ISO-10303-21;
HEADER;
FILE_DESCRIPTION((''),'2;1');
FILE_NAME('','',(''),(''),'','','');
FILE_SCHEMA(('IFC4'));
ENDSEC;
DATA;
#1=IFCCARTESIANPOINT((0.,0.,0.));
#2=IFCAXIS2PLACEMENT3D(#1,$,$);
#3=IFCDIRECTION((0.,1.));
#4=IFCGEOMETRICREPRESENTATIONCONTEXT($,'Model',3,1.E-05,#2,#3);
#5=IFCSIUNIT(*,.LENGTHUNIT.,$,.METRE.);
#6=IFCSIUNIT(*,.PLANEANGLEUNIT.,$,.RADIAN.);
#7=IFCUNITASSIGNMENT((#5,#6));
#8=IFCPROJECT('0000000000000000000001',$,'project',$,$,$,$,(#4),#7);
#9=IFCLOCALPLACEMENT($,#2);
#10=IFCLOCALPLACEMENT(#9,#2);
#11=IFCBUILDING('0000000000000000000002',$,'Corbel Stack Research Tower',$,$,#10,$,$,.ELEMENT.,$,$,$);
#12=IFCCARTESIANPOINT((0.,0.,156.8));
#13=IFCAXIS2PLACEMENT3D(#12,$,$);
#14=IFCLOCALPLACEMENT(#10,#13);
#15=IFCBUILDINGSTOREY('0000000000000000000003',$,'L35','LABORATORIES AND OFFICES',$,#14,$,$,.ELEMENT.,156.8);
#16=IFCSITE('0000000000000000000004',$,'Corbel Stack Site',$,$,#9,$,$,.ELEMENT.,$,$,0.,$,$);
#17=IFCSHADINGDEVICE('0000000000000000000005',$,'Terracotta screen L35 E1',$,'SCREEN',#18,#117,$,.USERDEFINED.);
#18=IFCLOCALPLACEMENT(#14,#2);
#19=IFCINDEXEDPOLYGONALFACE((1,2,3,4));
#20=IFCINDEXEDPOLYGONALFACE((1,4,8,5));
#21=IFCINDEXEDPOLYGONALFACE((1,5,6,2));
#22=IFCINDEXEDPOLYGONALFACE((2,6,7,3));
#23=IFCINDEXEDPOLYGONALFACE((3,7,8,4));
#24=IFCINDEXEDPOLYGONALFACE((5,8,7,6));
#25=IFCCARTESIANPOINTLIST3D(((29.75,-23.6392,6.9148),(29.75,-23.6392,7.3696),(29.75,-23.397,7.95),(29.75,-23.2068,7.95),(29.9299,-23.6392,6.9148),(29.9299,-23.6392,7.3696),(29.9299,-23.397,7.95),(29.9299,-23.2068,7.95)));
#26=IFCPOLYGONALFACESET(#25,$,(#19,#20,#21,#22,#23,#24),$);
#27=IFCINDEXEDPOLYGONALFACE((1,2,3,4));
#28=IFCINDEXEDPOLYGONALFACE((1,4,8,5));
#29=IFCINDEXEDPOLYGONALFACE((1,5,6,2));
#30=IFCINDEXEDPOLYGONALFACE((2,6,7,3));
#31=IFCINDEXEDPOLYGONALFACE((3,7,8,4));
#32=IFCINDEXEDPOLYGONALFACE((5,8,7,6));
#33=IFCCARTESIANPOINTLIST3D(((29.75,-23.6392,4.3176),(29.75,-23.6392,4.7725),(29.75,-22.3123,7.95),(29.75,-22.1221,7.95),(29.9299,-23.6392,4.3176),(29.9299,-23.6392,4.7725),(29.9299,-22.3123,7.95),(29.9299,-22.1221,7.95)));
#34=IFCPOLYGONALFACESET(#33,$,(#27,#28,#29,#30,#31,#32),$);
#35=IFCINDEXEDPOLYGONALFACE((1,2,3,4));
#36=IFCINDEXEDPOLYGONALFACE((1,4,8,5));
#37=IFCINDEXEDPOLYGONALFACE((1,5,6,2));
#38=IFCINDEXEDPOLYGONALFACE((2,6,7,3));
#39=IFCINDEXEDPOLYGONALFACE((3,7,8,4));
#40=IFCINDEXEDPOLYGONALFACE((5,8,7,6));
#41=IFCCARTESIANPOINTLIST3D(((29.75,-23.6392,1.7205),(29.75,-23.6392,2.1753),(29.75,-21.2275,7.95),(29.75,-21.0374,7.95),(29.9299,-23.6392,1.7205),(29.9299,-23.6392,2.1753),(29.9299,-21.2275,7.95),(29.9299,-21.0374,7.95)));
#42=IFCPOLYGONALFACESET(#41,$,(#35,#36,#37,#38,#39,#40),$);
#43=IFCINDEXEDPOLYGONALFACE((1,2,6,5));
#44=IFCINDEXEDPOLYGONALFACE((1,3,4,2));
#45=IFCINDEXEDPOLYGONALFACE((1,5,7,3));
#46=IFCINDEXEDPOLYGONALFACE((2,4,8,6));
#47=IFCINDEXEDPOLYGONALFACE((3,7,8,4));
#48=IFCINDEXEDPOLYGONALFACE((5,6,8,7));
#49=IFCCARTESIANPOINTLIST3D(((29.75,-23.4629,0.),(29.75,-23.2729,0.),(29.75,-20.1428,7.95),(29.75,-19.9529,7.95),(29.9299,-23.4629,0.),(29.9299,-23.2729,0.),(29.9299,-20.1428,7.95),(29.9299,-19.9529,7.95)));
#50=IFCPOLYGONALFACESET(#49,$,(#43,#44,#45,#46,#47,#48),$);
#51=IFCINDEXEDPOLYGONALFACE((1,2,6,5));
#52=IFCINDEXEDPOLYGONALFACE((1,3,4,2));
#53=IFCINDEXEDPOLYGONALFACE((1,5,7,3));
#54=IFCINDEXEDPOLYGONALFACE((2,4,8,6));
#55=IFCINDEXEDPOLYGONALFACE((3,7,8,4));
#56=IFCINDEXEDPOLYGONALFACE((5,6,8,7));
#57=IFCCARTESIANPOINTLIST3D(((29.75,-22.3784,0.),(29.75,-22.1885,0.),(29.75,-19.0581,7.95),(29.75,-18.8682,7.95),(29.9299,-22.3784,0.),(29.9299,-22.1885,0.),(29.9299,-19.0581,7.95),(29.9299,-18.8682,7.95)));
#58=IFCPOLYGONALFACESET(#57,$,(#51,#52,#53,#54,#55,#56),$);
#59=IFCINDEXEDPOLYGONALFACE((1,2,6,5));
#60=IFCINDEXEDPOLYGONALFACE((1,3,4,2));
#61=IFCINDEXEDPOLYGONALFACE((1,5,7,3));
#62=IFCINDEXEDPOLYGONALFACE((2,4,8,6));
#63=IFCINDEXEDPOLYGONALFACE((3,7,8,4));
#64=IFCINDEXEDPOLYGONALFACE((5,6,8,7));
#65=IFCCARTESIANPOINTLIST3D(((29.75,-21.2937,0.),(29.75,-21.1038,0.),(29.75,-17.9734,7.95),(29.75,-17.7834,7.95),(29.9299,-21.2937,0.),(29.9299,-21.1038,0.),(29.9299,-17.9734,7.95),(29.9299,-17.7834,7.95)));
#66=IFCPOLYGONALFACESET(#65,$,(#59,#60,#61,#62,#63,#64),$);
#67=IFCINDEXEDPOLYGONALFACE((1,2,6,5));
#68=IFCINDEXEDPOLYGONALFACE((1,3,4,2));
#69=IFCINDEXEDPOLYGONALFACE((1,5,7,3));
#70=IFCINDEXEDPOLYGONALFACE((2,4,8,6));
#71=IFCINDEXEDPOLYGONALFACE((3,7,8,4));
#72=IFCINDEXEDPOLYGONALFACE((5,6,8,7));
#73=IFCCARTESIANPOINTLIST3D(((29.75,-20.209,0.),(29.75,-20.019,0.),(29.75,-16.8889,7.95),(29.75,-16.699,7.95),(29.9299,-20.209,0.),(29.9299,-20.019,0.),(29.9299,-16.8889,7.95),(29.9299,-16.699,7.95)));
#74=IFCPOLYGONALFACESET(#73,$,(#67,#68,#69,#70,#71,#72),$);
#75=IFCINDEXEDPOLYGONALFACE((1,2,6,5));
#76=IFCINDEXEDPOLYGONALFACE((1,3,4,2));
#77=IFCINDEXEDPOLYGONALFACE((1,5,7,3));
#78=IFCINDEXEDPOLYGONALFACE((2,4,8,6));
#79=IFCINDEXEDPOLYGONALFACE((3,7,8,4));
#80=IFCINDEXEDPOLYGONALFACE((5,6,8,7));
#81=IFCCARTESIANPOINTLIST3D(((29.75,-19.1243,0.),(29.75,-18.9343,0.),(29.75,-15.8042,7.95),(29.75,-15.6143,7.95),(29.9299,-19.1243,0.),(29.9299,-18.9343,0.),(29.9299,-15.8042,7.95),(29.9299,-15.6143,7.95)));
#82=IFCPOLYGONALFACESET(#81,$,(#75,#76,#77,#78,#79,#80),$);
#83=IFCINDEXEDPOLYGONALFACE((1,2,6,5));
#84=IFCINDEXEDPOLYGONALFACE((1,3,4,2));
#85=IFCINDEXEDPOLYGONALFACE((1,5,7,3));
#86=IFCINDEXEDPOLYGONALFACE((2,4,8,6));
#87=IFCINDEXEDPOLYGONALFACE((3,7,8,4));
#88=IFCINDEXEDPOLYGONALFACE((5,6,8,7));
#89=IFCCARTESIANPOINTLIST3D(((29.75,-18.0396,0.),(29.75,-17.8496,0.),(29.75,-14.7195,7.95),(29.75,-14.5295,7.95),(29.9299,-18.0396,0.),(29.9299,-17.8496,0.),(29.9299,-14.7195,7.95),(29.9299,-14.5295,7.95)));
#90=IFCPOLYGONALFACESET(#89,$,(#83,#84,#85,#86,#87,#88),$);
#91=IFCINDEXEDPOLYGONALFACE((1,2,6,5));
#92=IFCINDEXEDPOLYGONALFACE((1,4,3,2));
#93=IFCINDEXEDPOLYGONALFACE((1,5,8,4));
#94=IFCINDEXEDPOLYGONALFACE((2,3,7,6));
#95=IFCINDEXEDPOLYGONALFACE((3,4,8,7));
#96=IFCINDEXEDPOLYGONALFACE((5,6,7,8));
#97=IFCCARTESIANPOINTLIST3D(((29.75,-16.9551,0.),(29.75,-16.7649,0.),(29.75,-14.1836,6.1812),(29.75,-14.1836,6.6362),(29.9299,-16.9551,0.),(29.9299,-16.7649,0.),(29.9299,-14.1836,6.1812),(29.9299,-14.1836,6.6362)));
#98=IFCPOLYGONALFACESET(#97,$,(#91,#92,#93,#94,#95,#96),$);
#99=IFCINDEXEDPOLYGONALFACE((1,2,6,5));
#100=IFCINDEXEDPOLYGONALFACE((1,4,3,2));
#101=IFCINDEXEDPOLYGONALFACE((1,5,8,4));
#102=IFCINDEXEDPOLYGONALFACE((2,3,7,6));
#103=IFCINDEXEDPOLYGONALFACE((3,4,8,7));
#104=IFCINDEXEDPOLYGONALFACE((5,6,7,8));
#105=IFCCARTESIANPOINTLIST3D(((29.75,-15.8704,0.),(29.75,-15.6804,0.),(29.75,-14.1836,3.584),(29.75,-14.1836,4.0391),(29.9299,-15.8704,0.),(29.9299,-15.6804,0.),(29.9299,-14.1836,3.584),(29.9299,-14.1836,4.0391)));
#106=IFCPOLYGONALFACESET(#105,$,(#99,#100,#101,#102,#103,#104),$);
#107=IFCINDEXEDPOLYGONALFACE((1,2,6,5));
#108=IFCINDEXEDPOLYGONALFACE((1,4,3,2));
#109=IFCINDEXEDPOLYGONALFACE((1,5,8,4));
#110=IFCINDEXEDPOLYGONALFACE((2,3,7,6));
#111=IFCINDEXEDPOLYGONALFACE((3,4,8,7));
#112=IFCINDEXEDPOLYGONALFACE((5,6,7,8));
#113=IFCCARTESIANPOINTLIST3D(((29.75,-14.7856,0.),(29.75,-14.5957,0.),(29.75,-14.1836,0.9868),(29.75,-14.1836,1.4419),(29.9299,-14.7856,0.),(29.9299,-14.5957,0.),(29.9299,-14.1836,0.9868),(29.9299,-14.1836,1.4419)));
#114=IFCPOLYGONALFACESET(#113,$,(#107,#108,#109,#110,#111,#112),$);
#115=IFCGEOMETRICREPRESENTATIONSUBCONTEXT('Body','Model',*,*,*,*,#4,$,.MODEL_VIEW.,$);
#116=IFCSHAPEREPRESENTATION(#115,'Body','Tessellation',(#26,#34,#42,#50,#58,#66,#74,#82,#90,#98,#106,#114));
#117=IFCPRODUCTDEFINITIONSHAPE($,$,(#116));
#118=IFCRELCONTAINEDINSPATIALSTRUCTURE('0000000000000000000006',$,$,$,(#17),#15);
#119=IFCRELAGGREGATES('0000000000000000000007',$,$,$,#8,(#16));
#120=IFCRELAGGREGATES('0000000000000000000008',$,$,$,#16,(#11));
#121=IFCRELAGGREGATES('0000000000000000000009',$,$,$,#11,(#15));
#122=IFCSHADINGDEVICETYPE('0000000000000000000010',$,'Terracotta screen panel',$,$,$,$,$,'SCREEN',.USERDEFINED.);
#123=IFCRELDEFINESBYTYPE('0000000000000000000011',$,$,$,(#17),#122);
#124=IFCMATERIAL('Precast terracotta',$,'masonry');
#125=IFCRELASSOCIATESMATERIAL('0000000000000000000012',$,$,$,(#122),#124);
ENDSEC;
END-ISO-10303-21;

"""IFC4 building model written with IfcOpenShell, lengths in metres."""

from ifc_helpers import new_model, si_unit, direction, frame, origin, place, context, subcontext, project, spatial, polyline, outline, extrude, source, transform, mapped, material, type_object, element, save


model = new_model("IFC4")

# Units and contexts
model_context = context("Model", 3, precision=1e-05, world=origin(), true_north=direction((0.0, 1.0)))
body_context = subcontext(model_context, "Body", "Model", "MODEL_VIEW")
ifc_project = project(units=[si_unit("LENGTHUNIT", "METRE"), si_unit("PLANEANGLEUNIT", "RADIAN")], contexts=[model_context])

# Site, building, storey
site_placement = place(None, origin())
site = spatial("IfcSite", under=ifc_project, at=site_placement, Name="Corbel Stack Site", CompositionType="ELEMENT", RefElevation=0.0)
building_placement = place(site_placement, origin())
building = spatial("IfcBuilding", under=site, at=building_placement, Name="Corbel Stack Research Tower", CompositionType="ELEMENT")
storey_placement = place(building_placement, frame((0.0, 0.0, 156.8)))
storey = spatial("IfcBuildingStorey", under=building, at=storey_placement, Name="L35", Description="LABORATORIES AND OFFICES", CompositionType="ELEMENT", Elevation=156.8)

# Shading device
ifc_material_1 = material(Name="Precast terracotta", Category="masonry")
shading_device_type = type_object("IfcShadingDeviceType", Name="Terracotta screen panel", ElementType="SCREEN", PredefinedType="USERDEFINED", material=ifc_material_1)
shared_shape_1 = source(origin(), body_context, "Body", "SweptSolid", [
    extrude(outline(polyline([(0.4324, 7.95), (0.2422, 7.95), (0.0, 7.3696), (0.0, 6.9148), (0.4324, 7.95)])), frame((0.0, 0.0, 0.0), z_axis=(0.0, -1.0, 0.0), x_axis=(1.0, 0.0, 0.0)), (0.0, 0.0, 1.0), 0.1799),
    extrude(outline(polyline([(1.5171, 7.95), (1.3269, 7.95), (0.0, 4.7725), (0.0, 4.3176), (1.5171, 7.95)])), frame((0.0, 0.0, 0.0), z_axis=(0.0, -1.0, 0.0), x_axis=(1.0, 0.0, 0.0)), (0.0, 0.0, 1.0), 0.1799),
    extrude(outline(polyline([(2.6018, 7.95), (2.4116, 7.95), (0.0, 2.1753), (0.0, 1.7205), (2.6018, 7.95)])), frame((0.0, 0.0, 0.0), z_axis=(0.0, -1.0, 0.0), x_axis=(1.0, 0.0, 0.0)), (0.0, 0.0, 1.0), 0.1799),
    extrude(outline(polyline([(0.3662, 0.0), (3.6863, 7.95), (3.4963, 7.95), (0.1763, 0.0), (0.3662, 0.0)])), frame((0.0, 0.0, 0.0), z_axis=(0.0, -1.0, 0.0), x_axis=(1.0, 0.0, 0.0)), (0.0, 0.0, 1.0), 0.1799),
    extrude(outline(polyline([(1.4507, 0.0), (4.771, 7.95), (4.5811, 7.95), (1.2607, 0.0), (1.4507, 0.0)])), frame((0.0, 0.0, 0.0), z_axis=(0.0, -1.0, 0.0), x_axis=(1.0, 0.0, 0.0)), (0.0, 0.0, 1.0), 0.1799),
    extrude(outline(polyline([(2.5354, 0.0), (5.8557, 7.95), (5.6658, 7.95), (2.3455, 0.0), (2.5354, 0.0)])), frame((0.0, 0.0, 0.0), z_axis=(0.0, -1.0, 0.0), x_axis=(1.0, 0.0, 0.0)), (0.0, 0.0, 1.0), 0.1799),
    extrude(outline(polyline([(3.6201, 0.0), (6.9402, 7.95), (6.7502, 7.95), (3.4302, 0.0), (3.6201, 0.0)])), frame((0.0, 0.0, 0.0), z_axis=(0.0, -1.0, 0.0), x_axis=(1.0, 0.0, 0.0)), (0.0, 0.0, 1.0), 0.1799),
    extrude(outline(polyline([(4.7048, 0.0), (8.0249, 7.95), (7.835, 7.95), (4.5149, 0.0), (4.7048, 0.0)])), frame((0.0, 0.0, 0.0), z_axis=(0.0, -1.0, 0.0), x_axis=(1.0, 0.0, 0.0)), (0.0, 0.0, 1.0), 0.1799),
    extrude(outline(polyline([(5.7896, 0.0), (9.1096, 7.95), (8.9197, 7.95), (5.5996, 0.0), (5.7896, 0.0)])), frame((0.0, 0.0, 0.0), z_axis=(0.0, -1.0, 0.0), x_axis=(1.0, 0.0, 0.0)), (0.0, 0.0, 1.0), 0.1799),
    extrude(outline(polyline([(6.8743, 0.0), (9.4556, 6.1812), (9.4556, 6.6362), (6.6841, 0.0), (6.8743, 0.0)])), frame((0.0, 0.0, 0.0), z_axis=(0.0, -1.0, 0.0), x_axis=(1.0, 0.0, 0.0)), (0.0, 0.0, 1.0), 0.1799),
    extrude(outline(polyline([(7.9587, 0.0), (9.4556, 3.584), (9.4556, 4.0391), (7.7688, 0.0), (7.9587, 0.0)])), frame((0.0, 0.0, 0.0), z_axis=(0.0, -1.0, 0.0), x_axis=(1.0, 0.0, 0.0)), (0.0, 0.0, 1.0), 0.1799),
    extrude(outline(polyline([(9.0435, 0.0), (9.4556, 0.9868), (9.4556, 1.4419), (8.8535, 0.0), (9.0435, 0.0)])), frame((0.0, 0.0, 0.0), z_axis=(0.0, -1.0, 0.0), x_axis=(1.0, 0.0, 0.0)), (0.0, 0.0, 1.0), 0.1799),
])
shading_device_1_placement = place(storey_placement, frame((29.75, -23.6392, 0.0), z_axis=(0.0, 0.0, 1.0), x_axis=(0.0, 1.0, 0.0)))
element("IfcShadingDevice", 1, at=shading_device_1_placement, inside=storey, type_object=shading_device_type, Name="Terracotta screen L35 E1", ObjectType="SCREEN", PredefinedType="USERDEFINED", context=body_context, shape_type="MappedRepresentation", body=[
    mapped(shared_shape_1, transform((0.0, 0.0, 0.0))),
])

save(model, "model.ifc")
